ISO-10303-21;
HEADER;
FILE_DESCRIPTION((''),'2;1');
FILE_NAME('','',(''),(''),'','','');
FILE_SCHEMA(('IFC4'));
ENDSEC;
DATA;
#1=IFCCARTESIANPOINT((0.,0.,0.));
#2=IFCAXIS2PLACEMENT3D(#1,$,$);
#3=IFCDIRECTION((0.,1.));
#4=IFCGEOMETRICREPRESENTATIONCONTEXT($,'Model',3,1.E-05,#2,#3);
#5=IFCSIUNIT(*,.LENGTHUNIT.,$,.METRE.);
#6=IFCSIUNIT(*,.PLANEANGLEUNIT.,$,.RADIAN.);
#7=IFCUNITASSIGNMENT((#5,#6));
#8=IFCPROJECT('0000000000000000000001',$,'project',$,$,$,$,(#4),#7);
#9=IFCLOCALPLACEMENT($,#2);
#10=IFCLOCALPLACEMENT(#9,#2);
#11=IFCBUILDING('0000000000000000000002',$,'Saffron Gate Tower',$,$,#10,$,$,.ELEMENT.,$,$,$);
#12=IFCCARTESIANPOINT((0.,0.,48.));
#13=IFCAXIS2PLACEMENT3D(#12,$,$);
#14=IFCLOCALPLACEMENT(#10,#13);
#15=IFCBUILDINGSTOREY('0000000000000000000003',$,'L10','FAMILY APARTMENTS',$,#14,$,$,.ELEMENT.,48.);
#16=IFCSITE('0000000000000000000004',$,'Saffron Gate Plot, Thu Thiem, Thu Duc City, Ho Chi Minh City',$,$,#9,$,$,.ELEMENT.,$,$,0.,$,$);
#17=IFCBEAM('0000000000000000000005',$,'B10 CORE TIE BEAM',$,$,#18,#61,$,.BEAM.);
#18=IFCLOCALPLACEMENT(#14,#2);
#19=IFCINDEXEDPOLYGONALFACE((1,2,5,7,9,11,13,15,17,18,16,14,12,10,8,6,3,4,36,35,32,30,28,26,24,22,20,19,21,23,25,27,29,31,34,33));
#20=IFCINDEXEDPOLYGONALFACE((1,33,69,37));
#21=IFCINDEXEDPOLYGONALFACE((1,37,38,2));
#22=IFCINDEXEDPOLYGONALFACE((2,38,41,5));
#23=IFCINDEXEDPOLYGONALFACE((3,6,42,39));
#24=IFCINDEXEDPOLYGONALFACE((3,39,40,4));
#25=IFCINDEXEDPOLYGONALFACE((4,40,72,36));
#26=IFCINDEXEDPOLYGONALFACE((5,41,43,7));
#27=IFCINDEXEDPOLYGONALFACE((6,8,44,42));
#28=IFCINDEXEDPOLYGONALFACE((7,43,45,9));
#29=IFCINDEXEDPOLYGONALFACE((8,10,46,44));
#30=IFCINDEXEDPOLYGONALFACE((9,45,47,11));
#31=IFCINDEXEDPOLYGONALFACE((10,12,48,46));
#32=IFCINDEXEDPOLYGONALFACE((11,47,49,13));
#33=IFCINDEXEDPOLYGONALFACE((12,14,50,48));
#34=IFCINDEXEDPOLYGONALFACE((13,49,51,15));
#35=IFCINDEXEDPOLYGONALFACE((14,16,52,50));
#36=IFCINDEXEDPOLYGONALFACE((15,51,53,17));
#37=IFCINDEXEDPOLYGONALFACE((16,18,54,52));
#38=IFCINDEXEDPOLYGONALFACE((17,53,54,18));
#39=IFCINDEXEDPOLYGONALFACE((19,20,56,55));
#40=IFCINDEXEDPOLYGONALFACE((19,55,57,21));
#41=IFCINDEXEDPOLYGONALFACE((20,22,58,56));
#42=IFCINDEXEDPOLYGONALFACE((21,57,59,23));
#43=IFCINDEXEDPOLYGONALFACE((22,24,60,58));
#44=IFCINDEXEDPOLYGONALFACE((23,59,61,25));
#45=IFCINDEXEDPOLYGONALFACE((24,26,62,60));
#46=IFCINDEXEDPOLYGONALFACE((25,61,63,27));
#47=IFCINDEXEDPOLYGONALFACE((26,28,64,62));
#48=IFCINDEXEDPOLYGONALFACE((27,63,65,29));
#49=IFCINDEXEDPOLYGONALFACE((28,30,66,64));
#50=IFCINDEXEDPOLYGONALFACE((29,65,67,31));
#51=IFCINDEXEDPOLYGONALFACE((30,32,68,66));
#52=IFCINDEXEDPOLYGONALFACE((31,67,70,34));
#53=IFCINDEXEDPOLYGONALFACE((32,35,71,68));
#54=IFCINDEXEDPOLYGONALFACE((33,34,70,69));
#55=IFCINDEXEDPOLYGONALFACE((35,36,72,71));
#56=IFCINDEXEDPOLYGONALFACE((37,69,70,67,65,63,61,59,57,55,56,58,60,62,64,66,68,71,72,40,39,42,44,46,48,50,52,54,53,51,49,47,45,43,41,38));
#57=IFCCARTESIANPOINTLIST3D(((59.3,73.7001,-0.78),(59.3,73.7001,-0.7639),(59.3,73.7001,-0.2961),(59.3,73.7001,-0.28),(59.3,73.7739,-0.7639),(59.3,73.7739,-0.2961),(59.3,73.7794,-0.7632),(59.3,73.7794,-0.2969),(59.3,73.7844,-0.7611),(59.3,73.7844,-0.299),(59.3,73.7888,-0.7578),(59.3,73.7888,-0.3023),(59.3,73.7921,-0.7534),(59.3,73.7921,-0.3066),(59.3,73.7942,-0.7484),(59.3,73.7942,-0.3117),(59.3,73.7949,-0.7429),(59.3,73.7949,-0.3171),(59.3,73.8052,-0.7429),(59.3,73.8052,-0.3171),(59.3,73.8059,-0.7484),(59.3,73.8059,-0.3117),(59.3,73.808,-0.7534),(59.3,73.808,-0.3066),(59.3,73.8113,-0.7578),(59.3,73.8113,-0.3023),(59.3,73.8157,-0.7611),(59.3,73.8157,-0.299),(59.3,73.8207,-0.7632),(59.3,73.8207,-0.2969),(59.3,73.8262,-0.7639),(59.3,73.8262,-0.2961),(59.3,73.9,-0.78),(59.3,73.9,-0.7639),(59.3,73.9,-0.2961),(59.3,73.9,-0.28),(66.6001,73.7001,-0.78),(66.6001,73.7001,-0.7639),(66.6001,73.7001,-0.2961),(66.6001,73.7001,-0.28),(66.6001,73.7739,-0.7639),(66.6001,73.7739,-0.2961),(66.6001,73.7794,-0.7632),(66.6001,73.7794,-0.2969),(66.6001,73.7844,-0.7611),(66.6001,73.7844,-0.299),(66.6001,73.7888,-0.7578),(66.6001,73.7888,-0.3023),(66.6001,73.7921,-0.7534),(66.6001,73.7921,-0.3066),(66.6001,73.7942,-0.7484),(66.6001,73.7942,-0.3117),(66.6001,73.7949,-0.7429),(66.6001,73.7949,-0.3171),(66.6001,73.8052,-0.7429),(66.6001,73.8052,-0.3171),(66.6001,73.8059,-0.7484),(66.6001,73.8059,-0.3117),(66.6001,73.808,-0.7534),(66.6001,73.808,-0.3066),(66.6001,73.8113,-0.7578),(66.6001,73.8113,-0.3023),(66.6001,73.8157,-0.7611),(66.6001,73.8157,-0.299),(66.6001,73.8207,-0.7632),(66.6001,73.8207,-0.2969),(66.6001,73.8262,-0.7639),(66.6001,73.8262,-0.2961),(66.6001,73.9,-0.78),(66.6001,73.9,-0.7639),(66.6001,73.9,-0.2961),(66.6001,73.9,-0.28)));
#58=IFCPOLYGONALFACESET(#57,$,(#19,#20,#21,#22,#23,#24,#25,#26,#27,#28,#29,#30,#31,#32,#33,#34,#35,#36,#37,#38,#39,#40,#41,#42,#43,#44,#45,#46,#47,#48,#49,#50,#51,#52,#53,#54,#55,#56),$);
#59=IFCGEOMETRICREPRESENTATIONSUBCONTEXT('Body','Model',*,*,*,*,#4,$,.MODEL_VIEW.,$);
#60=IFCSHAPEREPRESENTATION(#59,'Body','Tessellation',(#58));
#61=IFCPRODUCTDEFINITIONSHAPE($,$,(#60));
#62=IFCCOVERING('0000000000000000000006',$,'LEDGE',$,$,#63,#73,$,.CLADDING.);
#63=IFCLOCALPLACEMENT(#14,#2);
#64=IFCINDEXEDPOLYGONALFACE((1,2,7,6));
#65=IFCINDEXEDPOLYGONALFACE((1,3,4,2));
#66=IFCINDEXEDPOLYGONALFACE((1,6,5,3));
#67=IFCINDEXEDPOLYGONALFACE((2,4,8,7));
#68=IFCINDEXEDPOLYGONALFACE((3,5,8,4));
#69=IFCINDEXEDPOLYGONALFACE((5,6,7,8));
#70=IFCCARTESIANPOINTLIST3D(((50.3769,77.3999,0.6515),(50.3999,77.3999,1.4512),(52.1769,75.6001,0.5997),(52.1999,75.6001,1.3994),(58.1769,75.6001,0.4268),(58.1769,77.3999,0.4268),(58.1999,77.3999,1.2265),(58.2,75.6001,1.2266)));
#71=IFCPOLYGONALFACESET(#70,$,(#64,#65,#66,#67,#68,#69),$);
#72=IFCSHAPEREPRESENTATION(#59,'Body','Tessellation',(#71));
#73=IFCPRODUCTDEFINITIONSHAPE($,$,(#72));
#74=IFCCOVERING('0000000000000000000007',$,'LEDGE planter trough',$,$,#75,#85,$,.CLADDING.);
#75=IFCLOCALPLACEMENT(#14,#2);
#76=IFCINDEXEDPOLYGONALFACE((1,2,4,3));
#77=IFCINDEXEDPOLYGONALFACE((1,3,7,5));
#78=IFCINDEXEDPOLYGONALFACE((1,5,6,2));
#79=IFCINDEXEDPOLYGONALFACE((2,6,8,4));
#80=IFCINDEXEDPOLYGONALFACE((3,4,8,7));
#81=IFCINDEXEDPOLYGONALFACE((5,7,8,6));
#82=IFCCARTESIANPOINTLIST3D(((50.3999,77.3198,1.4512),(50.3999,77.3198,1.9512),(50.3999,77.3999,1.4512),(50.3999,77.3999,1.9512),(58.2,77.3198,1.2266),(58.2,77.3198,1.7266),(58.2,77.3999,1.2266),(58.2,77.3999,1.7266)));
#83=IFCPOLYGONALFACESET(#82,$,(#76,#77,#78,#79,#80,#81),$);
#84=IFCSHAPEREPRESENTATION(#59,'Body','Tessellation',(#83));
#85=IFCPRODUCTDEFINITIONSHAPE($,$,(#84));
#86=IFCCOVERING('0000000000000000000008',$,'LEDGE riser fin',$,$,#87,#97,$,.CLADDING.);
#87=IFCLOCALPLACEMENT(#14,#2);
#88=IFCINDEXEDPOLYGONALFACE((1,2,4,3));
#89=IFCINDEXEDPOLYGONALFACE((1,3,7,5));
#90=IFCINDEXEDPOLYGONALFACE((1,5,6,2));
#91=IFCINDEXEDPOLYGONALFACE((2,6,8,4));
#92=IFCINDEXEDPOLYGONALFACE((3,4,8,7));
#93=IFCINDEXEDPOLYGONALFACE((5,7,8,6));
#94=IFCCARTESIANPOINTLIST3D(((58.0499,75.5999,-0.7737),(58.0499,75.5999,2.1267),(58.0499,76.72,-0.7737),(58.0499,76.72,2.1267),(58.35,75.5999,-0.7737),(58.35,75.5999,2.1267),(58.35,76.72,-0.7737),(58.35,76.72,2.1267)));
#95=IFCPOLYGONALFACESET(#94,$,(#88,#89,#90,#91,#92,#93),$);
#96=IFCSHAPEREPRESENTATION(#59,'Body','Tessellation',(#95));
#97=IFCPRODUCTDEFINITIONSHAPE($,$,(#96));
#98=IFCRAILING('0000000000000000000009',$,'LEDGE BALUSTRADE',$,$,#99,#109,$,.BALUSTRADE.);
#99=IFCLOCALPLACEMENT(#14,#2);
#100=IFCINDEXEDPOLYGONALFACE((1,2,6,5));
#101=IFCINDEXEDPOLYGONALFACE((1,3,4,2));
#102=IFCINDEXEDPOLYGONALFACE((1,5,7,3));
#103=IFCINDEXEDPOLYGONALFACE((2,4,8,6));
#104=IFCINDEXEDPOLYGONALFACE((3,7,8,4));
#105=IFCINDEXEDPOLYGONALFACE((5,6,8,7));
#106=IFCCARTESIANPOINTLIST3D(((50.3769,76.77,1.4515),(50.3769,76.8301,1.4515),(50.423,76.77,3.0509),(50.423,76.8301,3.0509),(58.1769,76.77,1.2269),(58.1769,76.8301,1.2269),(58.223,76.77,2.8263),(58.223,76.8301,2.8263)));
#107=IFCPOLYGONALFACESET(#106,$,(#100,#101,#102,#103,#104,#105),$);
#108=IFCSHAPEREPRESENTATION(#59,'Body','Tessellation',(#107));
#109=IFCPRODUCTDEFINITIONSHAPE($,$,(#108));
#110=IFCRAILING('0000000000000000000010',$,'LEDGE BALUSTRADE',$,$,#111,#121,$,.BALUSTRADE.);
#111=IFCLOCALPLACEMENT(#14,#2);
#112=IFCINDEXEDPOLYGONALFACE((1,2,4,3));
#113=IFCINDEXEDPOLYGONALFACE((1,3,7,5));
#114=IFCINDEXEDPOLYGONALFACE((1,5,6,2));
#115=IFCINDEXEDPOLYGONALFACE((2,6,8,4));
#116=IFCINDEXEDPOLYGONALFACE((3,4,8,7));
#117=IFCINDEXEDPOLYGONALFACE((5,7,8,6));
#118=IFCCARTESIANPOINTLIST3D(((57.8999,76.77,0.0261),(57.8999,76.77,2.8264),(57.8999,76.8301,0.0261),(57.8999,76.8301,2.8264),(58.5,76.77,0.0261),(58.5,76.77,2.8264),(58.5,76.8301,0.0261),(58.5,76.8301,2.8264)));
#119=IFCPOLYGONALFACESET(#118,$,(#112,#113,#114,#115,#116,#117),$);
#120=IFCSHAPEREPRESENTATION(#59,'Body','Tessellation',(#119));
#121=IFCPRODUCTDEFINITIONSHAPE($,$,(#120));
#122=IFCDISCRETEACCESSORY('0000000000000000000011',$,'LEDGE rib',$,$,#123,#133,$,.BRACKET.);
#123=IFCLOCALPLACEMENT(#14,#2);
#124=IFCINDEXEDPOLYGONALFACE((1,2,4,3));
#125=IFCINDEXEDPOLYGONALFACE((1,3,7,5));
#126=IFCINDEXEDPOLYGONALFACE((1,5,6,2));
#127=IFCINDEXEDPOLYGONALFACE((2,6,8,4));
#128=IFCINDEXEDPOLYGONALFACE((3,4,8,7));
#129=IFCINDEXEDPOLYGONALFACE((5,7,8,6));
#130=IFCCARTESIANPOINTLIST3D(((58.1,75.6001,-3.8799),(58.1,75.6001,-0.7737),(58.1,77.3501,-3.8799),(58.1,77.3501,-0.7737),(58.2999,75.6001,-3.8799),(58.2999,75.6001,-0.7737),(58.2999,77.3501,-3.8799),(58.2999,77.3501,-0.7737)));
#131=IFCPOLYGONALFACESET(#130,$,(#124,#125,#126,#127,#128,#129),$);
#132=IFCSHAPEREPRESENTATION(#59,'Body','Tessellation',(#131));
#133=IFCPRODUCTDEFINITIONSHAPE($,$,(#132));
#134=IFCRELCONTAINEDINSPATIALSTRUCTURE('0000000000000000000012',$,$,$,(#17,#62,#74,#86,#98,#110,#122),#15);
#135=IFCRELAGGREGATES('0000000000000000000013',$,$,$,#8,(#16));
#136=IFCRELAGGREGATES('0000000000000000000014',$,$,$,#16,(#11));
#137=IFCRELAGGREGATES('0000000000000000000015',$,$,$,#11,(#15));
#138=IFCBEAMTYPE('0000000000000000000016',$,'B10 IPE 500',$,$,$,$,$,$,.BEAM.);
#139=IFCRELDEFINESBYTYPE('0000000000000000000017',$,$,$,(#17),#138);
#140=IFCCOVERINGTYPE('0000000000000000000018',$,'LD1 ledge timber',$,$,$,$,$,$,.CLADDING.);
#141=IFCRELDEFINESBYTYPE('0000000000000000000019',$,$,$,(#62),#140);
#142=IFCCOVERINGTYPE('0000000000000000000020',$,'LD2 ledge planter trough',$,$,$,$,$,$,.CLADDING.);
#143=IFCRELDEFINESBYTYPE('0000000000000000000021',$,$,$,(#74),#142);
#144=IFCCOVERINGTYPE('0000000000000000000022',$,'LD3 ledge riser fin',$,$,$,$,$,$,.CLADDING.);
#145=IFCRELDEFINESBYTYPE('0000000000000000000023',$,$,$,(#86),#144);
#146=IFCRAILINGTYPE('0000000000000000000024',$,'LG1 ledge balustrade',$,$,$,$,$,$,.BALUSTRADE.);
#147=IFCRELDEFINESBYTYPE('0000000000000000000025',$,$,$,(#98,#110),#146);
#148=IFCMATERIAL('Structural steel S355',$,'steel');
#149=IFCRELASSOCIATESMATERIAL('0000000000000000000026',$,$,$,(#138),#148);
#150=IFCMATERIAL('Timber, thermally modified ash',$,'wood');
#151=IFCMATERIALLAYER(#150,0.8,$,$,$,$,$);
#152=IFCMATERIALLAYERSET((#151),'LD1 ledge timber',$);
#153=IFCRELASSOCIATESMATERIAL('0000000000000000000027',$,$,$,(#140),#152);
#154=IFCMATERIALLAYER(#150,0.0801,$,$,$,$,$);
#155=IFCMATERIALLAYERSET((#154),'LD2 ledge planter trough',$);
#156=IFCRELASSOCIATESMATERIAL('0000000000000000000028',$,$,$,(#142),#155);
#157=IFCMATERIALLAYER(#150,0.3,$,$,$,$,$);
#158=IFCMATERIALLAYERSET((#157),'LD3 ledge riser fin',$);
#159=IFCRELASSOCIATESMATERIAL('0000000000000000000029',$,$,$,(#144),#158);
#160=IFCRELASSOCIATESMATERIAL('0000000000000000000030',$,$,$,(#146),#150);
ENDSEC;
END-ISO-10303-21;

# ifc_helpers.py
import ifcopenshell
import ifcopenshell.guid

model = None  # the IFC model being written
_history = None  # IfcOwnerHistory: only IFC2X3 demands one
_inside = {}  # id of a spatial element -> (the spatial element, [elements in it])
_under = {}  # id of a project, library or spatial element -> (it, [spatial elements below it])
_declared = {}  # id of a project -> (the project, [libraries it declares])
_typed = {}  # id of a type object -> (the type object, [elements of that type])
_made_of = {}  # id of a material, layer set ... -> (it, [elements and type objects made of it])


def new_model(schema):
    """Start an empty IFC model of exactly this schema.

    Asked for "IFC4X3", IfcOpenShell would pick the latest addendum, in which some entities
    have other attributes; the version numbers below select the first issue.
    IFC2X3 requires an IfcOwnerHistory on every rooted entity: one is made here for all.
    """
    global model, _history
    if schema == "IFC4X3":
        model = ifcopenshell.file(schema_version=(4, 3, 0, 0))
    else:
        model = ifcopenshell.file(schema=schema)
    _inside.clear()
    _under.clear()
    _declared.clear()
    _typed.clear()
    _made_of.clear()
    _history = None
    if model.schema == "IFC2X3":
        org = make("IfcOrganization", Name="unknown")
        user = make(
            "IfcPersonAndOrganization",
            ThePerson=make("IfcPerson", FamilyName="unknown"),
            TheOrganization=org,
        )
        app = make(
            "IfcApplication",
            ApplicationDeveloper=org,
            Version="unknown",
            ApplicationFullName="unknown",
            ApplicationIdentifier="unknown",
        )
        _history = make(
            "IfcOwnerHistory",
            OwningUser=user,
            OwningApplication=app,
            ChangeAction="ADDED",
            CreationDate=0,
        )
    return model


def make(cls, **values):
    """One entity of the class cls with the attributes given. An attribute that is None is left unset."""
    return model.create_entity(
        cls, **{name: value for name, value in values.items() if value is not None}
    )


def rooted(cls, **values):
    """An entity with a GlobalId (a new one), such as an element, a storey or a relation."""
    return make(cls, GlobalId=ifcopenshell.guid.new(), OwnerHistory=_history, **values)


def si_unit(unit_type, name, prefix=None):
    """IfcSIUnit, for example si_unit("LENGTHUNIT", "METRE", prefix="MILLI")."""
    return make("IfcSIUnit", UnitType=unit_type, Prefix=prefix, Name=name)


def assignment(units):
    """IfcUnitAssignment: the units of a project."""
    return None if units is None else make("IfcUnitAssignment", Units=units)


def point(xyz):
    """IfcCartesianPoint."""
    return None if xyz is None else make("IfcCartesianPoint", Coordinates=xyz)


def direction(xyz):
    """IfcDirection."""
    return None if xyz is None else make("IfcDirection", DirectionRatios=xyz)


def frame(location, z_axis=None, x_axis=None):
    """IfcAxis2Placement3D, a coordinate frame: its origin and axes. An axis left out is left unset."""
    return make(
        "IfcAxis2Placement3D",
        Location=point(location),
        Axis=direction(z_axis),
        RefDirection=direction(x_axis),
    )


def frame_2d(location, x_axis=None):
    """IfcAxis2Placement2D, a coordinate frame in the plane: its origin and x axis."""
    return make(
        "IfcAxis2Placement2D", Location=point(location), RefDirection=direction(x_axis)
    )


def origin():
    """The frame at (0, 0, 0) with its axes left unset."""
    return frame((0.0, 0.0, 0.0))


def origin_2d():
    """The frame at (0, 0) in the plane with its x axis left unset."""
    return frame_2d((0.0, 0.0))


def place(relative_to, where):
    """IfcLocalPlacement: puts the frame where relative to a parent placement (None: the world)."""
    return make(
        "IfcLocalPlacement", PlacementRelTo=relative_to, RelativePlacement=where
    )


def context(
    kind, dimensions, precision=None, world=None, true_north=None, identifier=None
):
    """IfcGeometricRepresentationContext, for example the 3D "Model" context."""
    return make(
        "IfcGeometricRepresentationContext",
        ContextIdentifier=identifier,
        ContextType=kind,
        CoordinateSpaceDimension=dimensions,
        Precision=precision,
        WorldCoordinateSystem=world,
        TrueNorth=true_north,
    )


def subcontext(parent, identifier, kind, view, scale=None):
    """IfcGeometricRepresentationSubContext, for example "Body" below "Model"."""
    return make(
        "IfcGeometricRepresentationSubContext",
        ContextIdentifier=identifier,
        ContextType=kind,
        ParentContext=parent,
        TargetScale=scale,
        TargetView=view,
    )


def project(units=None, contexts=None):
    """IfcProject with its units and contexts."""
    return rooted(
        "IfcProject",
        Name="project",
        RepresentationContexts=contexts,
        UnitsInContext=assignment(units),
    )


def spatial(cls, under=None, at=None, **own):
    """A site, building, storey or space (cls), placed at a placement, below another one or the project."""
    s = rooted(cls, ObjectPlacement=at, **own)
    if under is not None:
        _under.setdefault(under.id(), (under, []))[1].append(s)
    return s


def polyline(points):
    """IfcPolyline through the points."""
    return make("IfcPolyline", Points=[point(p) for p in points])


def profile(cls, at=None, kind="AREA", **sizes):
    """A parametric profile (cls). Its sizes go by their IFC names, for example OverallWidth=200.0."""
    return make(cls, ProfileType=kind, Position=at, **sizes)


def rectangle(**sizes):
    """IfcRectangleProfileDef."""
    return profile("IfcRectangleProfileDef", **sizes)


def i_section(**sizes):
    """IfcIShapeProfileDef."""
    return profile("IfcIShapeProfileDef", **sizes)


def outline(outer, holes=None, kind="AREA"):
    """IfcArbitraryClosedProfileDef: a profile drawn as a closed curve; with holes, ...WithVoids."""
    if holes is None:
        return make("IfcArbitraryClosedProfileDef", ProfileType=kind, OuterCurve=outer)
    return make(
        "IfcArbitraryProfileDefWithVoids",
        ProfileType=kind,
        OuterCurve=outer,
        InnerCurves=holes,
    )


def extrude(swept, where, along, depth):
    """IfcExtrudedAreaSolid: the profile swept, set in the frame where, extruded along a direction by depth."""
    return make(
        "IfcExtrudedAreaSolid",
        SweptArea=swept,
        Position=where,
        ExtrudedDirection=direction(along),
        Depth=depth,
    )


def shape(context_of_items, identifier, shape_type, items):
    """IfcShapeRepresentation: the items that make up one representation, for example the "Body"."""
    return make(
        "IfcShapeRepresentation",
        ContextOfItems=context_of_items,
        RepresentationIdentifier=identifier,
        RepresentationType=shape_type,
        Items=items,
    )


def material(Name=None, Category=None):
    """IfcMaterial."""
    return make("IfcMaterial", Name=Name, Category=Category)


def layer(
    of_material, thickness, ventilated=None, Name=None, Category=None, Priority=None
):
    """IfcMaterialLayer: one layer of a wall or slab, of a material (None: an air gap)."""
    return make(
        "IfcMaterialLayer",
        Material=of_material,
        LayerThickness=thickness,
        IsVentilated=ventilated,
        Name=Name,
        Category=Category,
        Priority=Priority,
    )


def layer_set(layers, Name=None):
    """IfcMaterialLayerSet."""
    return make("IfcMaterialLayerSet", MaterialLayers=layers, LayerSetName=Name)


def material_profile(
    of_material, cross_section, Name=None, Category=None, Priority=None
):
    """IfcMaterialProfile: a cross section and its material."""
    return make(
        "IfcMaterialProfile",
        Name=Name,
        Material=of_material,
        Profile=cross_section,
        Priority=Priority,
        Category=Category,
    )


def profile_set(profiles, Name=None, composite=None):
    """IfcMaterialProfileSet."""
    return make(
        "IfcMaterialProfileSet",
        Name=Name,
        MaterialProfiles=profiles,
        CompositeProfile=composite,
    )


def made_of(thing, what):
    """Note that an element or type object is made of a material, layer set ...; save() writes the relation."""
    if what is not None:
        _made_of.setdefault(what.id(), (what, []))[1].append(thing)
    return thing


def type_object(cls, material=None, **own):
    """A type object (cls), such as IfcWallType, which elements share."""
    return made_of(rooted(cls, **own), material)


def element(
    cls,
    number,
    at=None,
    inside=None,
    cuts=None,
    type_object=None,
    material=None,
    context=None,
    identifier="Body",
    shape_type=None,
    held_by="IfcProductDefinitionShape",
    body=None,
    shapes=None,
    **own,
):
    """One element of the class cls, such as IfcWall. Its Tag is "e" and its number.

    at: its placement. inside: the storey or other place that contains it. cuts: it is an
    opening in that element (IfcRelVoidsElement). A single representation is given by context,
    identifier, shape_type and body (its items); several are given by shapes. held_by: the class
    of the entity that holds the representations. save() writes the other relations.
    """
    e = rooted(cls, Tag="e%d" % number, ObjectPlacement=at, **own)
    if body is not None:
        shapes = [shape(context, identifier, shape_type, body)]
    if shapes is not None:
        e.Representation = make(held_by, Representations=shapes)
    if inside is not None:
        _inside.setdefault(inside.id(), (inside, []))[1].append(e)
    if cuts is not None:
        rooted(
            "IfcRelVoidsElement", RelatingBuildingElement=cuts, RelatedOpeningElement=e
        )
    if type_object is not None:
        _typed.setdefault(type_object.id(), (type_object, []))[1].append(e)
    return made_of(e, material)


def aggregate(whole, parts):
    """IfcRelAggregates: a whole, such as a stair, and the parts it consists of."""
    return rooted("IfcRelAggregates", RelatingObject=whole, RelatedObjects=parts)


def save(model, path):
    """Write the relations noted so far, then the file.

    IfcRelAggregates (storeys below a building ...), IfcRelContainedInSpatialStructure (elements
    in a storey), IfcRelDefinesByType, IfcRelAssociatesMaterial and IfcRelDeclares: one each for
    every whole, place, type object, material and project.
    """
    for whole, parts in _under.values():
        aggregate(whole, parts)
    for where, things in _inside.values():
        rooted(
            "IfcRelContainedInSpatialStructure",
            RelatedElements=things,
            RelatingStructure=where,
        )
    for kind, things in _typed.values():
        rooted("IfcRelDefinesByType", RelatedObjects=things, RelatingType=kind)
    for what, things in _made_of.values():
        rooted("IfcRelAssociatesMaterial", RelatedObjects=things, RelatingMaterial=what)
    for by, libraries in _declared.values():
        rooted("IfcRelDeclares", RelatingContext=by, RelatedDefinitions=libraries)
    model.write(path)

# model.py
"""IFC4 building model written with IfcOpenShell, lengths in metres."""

from ifc_helpers import new_model, si_unit, direction, frame, origin, origin_2d, place, context, subcontext, project, spatial, polyline, rectangle, i_section, outline, extrude, material, layer, layer_set, material_profile, profile_set, type_object, element, save


model = new_model("IFC4")

# Units and contexts
model_context = context("Model", 3, precision=1e-05, world=origin(), true_north=direction((0.0, 1.0)))
body_context = subcontext(model_context, "Body", "Model", "MODEL_VIEW")
ifc_project = project(units=[si_unit("LENGTHUNIT", "METRE"), si_unit("PLANEANGLEUNIT", "RADIAN")], contexts=[model_context])

# Site, building, storey
site_placement = place(None, origin())
site = spatial("IfcSite", under=ifc_project, at=site_placement, Name="Saffron Gate Plot, Thu Thiem, Thu Duc City, Ho Chi Minh City", CompositionType="ELEMENT", RefElevation=0.0)
building_placement = place(site_placement, origin())
building = spatial("IfcBuilding", under=site, at=building_placement, Name="Saffron Gate Tower", CompositionType="ELEMENT")
storey_placement = place(building_placement, frame((0.0, 0.0, 48.0)))
storey = spatial("IfcBuildingStorey", under=building, at=storey_placement, Name="L10", Description="FAMILY APARTMENTS", CompositionType="ELEMENT", Elevation=48.0)

# Beam
ifc_material_1 = material(Name="Structural steel S355", Category="steel")
ifc_material_profile = material_profile(ifc_material_1, i_section(OverallWidth=0.2, OverallDepth=0.5, WebThickness=0.0103, FlangeThickness=0.0161, FilletRadius=0.021, at=origin_2d()))
ifc_profile_set = profile_set([ifc_material_profile], Name="Structural steel S355")
beam_type = type_object("IfcBeamType", Name="B10 IPE 500", PredefinedType="BEAM", material=ifc_profile_set)
beam_placement = place(storey_placement, frame((59.3, 73.8, -0.53), z_axis=(1.0, 0.0, 0.0), x_axis=(0.0, 1.0, 0.0)))
element("IfcBeam", 1, at=beam_placement, inside=storey, type_object=beam_type, Name="B10 CORE TIE BEAM", PredefinedType="BEAM", context=body_context, shape_type="SweptSolid", body=[
    extrude(i_section(OverallWidth=0.2, OverallDepth=0.5, WebThickness=0.0103, FlangeThickness=0.0161, FilletRadius=0.021, at=origin_2d()), origin(), (0.0, 0.0, 1.0), 7.3),
])

# Coverings
ifc_material_2 = material(Name="Timber, thermally modified ash", Category="wood")
ifc_layer_1 = layer(ifc_material_2, 0.8)
ifc_layer_set_1 = layer_set([ifc_layer_1], Name="LD1 ledge timber")
covering_type_1 = type_object("IfcCoveringType", Name="LD1 ledge timber", PredefinedType="CLADDING", material=ifc_layer_set_1)
covering_1_placement = place(storey_placement, frame((58.2, 75.6001, 1.2266), z_axis=(0.028789, 0.000024, 0.999585), x_axis=(-0.999585, 0.0, 0.028789)))
element("IfcCovering", 2, at=covering_1_placement, inside=storey, type_object=covering_type_1, Name="LEDGE", PredefinedType="CLADDING", context=body_context, shape_type="SweptSolid", body=[
    extrude(outline(polyline([(0.0, 0.0), (6.0025, 0.0), (7.8033, -1.7998), (0.0, -1.7998), (0.0, 0.0)])), origin(), (0.0, 0.0, -1.0), 0.8),
])
ifc_layer_2 = layer(ifc_material_2, 0.0801)
ifc_layer_set_2 = layer_set([ifc_layer_2], Name="LD2 ledge planter trough")
covering_type_2 = type_object("IfcCoveringType", Name="LD2 ledge planter trough", PredefinedType="CLADDING", material=ifc_layer_set_2)
covering_2_placement = place(storey_placement, frame((58.2, 77.3999, 1.2266), z_axis=(0.0, 1.0, 0.0), x_axis=(-0.999586, 0.0, 0.028784)))
element("IfcCovering", 3, at=covering_2_placement, inside=storey, type_object=covering_type_2, Name="LEDGE planter trough", PredefinedType="CLADDING", context=body_context, shape_type="SweptSolid", body=[
    extrude(outline(polyline([(0.0, 0.0), (7.8033, 0.0), (7.8177, 0.4998), (0.0144, 0.4998), (0.0, 0.0)])), origin(), (0.0, 0.0, -1.0), 0.0801),
])
ifc_layer_3 = layer(ifc_material_2, 0.3)
ifc_layer_set_3 = layer_set([ifc_layer_3], Name="LD3 ledge riser fin")
covering_type_3 = type_object("IfcCoveringType", Name="LD3 ledge riser fin", PredefinedType="CLADDING", material=ifc_layer_set_3)
covering_3_placement = place(storey_placement, frame((58.2, 76.1599, -0.7737), z_axis=(0.0, 0.0, 1.0), x_axis=(-1.0, 0.0, 0.0)))
element("IfcCovering", 4, at=covering_3_placement, inside=storey, type_object=covering_type_3, Name="LEDGE riser fin", PredefinedType="CLADDING", context=body_context, shape_type="SweptSolid", body=[
    extrude(rectangle(XDim=0.3, YDim=1.1201, at=origin_2d()), origin(), (0.0, 0.0, 1.0), 2.9004),
])

# Railings
railing_type = type_object("IfcRailingType", Name="LG1 ledge balustrade", PredefinedType="BALUSTRADE", material=ifc_material_2)
railing_1_placement = place(storey_placement, frame((58.2, 76.8, 1.2266)))
element("IfcRailing", 5, at=railing_1_placement, inside=storey, type_object=railing_type, Name="LEDGE BALUSTRADE", PredefinedType="BALUSTRADE", context=body_context, shape_type="SweptSolid", body=[
    extrude(rectangle(XDim=0.0601, YDim=1.6001, at=origin_2d()), frame((0.0, 0.0, 0.8), z_axis=(-0.999586, 0.0, 0.028784), x_axis=(0.0, -1.0, 0.0)), (0.0, 0.0, 1.0), 7.8032),
])
railing_2_placement = place(storey_placement, frame((58.5, 76.8, 0.0261)))
element("IfcRailing", 6, at=railing_2_placement, inside=storey, type_object=railing_type, Name="LEDGE BALUSTRADE", PredefinedType="BALUSTRADE", context=body_context, shape_type="SweptSolid", body=[
    extrude(rectangle(XDim=0.0601, YDim=2.8003, at=origin_2d()), frame((0.0, 0.0, 1.4001), z_axis=(-1.0, 0.0, 0.0), x_axis=(0.0, -1.0, 0.0)), (0.0, 0.0, 1.0), 0.6001),
])

# Discrete accessory
discrete_accessory_placement = place(storey_placement, frame((58.2, 76.4751, -3.8799), z_axis=(0.0, 0.0, 1.0), x_axis=(-1.0, 0.0, 0.0)))
element("IfcDiscreteAccessory", 7, at=discrete_accessory_placement, inside=storey, Name="LEDGE rib", PredefinedType="BRACKET", context=body_context, shape_type="SweptSolid", body=[
    extrude(rectangle(XDim=0.2, YDim=1.75, at=origin_2d()), origin(), (0.0, 0.0, 1.0), 3.1062),
])

save(model, "model.ifc")
